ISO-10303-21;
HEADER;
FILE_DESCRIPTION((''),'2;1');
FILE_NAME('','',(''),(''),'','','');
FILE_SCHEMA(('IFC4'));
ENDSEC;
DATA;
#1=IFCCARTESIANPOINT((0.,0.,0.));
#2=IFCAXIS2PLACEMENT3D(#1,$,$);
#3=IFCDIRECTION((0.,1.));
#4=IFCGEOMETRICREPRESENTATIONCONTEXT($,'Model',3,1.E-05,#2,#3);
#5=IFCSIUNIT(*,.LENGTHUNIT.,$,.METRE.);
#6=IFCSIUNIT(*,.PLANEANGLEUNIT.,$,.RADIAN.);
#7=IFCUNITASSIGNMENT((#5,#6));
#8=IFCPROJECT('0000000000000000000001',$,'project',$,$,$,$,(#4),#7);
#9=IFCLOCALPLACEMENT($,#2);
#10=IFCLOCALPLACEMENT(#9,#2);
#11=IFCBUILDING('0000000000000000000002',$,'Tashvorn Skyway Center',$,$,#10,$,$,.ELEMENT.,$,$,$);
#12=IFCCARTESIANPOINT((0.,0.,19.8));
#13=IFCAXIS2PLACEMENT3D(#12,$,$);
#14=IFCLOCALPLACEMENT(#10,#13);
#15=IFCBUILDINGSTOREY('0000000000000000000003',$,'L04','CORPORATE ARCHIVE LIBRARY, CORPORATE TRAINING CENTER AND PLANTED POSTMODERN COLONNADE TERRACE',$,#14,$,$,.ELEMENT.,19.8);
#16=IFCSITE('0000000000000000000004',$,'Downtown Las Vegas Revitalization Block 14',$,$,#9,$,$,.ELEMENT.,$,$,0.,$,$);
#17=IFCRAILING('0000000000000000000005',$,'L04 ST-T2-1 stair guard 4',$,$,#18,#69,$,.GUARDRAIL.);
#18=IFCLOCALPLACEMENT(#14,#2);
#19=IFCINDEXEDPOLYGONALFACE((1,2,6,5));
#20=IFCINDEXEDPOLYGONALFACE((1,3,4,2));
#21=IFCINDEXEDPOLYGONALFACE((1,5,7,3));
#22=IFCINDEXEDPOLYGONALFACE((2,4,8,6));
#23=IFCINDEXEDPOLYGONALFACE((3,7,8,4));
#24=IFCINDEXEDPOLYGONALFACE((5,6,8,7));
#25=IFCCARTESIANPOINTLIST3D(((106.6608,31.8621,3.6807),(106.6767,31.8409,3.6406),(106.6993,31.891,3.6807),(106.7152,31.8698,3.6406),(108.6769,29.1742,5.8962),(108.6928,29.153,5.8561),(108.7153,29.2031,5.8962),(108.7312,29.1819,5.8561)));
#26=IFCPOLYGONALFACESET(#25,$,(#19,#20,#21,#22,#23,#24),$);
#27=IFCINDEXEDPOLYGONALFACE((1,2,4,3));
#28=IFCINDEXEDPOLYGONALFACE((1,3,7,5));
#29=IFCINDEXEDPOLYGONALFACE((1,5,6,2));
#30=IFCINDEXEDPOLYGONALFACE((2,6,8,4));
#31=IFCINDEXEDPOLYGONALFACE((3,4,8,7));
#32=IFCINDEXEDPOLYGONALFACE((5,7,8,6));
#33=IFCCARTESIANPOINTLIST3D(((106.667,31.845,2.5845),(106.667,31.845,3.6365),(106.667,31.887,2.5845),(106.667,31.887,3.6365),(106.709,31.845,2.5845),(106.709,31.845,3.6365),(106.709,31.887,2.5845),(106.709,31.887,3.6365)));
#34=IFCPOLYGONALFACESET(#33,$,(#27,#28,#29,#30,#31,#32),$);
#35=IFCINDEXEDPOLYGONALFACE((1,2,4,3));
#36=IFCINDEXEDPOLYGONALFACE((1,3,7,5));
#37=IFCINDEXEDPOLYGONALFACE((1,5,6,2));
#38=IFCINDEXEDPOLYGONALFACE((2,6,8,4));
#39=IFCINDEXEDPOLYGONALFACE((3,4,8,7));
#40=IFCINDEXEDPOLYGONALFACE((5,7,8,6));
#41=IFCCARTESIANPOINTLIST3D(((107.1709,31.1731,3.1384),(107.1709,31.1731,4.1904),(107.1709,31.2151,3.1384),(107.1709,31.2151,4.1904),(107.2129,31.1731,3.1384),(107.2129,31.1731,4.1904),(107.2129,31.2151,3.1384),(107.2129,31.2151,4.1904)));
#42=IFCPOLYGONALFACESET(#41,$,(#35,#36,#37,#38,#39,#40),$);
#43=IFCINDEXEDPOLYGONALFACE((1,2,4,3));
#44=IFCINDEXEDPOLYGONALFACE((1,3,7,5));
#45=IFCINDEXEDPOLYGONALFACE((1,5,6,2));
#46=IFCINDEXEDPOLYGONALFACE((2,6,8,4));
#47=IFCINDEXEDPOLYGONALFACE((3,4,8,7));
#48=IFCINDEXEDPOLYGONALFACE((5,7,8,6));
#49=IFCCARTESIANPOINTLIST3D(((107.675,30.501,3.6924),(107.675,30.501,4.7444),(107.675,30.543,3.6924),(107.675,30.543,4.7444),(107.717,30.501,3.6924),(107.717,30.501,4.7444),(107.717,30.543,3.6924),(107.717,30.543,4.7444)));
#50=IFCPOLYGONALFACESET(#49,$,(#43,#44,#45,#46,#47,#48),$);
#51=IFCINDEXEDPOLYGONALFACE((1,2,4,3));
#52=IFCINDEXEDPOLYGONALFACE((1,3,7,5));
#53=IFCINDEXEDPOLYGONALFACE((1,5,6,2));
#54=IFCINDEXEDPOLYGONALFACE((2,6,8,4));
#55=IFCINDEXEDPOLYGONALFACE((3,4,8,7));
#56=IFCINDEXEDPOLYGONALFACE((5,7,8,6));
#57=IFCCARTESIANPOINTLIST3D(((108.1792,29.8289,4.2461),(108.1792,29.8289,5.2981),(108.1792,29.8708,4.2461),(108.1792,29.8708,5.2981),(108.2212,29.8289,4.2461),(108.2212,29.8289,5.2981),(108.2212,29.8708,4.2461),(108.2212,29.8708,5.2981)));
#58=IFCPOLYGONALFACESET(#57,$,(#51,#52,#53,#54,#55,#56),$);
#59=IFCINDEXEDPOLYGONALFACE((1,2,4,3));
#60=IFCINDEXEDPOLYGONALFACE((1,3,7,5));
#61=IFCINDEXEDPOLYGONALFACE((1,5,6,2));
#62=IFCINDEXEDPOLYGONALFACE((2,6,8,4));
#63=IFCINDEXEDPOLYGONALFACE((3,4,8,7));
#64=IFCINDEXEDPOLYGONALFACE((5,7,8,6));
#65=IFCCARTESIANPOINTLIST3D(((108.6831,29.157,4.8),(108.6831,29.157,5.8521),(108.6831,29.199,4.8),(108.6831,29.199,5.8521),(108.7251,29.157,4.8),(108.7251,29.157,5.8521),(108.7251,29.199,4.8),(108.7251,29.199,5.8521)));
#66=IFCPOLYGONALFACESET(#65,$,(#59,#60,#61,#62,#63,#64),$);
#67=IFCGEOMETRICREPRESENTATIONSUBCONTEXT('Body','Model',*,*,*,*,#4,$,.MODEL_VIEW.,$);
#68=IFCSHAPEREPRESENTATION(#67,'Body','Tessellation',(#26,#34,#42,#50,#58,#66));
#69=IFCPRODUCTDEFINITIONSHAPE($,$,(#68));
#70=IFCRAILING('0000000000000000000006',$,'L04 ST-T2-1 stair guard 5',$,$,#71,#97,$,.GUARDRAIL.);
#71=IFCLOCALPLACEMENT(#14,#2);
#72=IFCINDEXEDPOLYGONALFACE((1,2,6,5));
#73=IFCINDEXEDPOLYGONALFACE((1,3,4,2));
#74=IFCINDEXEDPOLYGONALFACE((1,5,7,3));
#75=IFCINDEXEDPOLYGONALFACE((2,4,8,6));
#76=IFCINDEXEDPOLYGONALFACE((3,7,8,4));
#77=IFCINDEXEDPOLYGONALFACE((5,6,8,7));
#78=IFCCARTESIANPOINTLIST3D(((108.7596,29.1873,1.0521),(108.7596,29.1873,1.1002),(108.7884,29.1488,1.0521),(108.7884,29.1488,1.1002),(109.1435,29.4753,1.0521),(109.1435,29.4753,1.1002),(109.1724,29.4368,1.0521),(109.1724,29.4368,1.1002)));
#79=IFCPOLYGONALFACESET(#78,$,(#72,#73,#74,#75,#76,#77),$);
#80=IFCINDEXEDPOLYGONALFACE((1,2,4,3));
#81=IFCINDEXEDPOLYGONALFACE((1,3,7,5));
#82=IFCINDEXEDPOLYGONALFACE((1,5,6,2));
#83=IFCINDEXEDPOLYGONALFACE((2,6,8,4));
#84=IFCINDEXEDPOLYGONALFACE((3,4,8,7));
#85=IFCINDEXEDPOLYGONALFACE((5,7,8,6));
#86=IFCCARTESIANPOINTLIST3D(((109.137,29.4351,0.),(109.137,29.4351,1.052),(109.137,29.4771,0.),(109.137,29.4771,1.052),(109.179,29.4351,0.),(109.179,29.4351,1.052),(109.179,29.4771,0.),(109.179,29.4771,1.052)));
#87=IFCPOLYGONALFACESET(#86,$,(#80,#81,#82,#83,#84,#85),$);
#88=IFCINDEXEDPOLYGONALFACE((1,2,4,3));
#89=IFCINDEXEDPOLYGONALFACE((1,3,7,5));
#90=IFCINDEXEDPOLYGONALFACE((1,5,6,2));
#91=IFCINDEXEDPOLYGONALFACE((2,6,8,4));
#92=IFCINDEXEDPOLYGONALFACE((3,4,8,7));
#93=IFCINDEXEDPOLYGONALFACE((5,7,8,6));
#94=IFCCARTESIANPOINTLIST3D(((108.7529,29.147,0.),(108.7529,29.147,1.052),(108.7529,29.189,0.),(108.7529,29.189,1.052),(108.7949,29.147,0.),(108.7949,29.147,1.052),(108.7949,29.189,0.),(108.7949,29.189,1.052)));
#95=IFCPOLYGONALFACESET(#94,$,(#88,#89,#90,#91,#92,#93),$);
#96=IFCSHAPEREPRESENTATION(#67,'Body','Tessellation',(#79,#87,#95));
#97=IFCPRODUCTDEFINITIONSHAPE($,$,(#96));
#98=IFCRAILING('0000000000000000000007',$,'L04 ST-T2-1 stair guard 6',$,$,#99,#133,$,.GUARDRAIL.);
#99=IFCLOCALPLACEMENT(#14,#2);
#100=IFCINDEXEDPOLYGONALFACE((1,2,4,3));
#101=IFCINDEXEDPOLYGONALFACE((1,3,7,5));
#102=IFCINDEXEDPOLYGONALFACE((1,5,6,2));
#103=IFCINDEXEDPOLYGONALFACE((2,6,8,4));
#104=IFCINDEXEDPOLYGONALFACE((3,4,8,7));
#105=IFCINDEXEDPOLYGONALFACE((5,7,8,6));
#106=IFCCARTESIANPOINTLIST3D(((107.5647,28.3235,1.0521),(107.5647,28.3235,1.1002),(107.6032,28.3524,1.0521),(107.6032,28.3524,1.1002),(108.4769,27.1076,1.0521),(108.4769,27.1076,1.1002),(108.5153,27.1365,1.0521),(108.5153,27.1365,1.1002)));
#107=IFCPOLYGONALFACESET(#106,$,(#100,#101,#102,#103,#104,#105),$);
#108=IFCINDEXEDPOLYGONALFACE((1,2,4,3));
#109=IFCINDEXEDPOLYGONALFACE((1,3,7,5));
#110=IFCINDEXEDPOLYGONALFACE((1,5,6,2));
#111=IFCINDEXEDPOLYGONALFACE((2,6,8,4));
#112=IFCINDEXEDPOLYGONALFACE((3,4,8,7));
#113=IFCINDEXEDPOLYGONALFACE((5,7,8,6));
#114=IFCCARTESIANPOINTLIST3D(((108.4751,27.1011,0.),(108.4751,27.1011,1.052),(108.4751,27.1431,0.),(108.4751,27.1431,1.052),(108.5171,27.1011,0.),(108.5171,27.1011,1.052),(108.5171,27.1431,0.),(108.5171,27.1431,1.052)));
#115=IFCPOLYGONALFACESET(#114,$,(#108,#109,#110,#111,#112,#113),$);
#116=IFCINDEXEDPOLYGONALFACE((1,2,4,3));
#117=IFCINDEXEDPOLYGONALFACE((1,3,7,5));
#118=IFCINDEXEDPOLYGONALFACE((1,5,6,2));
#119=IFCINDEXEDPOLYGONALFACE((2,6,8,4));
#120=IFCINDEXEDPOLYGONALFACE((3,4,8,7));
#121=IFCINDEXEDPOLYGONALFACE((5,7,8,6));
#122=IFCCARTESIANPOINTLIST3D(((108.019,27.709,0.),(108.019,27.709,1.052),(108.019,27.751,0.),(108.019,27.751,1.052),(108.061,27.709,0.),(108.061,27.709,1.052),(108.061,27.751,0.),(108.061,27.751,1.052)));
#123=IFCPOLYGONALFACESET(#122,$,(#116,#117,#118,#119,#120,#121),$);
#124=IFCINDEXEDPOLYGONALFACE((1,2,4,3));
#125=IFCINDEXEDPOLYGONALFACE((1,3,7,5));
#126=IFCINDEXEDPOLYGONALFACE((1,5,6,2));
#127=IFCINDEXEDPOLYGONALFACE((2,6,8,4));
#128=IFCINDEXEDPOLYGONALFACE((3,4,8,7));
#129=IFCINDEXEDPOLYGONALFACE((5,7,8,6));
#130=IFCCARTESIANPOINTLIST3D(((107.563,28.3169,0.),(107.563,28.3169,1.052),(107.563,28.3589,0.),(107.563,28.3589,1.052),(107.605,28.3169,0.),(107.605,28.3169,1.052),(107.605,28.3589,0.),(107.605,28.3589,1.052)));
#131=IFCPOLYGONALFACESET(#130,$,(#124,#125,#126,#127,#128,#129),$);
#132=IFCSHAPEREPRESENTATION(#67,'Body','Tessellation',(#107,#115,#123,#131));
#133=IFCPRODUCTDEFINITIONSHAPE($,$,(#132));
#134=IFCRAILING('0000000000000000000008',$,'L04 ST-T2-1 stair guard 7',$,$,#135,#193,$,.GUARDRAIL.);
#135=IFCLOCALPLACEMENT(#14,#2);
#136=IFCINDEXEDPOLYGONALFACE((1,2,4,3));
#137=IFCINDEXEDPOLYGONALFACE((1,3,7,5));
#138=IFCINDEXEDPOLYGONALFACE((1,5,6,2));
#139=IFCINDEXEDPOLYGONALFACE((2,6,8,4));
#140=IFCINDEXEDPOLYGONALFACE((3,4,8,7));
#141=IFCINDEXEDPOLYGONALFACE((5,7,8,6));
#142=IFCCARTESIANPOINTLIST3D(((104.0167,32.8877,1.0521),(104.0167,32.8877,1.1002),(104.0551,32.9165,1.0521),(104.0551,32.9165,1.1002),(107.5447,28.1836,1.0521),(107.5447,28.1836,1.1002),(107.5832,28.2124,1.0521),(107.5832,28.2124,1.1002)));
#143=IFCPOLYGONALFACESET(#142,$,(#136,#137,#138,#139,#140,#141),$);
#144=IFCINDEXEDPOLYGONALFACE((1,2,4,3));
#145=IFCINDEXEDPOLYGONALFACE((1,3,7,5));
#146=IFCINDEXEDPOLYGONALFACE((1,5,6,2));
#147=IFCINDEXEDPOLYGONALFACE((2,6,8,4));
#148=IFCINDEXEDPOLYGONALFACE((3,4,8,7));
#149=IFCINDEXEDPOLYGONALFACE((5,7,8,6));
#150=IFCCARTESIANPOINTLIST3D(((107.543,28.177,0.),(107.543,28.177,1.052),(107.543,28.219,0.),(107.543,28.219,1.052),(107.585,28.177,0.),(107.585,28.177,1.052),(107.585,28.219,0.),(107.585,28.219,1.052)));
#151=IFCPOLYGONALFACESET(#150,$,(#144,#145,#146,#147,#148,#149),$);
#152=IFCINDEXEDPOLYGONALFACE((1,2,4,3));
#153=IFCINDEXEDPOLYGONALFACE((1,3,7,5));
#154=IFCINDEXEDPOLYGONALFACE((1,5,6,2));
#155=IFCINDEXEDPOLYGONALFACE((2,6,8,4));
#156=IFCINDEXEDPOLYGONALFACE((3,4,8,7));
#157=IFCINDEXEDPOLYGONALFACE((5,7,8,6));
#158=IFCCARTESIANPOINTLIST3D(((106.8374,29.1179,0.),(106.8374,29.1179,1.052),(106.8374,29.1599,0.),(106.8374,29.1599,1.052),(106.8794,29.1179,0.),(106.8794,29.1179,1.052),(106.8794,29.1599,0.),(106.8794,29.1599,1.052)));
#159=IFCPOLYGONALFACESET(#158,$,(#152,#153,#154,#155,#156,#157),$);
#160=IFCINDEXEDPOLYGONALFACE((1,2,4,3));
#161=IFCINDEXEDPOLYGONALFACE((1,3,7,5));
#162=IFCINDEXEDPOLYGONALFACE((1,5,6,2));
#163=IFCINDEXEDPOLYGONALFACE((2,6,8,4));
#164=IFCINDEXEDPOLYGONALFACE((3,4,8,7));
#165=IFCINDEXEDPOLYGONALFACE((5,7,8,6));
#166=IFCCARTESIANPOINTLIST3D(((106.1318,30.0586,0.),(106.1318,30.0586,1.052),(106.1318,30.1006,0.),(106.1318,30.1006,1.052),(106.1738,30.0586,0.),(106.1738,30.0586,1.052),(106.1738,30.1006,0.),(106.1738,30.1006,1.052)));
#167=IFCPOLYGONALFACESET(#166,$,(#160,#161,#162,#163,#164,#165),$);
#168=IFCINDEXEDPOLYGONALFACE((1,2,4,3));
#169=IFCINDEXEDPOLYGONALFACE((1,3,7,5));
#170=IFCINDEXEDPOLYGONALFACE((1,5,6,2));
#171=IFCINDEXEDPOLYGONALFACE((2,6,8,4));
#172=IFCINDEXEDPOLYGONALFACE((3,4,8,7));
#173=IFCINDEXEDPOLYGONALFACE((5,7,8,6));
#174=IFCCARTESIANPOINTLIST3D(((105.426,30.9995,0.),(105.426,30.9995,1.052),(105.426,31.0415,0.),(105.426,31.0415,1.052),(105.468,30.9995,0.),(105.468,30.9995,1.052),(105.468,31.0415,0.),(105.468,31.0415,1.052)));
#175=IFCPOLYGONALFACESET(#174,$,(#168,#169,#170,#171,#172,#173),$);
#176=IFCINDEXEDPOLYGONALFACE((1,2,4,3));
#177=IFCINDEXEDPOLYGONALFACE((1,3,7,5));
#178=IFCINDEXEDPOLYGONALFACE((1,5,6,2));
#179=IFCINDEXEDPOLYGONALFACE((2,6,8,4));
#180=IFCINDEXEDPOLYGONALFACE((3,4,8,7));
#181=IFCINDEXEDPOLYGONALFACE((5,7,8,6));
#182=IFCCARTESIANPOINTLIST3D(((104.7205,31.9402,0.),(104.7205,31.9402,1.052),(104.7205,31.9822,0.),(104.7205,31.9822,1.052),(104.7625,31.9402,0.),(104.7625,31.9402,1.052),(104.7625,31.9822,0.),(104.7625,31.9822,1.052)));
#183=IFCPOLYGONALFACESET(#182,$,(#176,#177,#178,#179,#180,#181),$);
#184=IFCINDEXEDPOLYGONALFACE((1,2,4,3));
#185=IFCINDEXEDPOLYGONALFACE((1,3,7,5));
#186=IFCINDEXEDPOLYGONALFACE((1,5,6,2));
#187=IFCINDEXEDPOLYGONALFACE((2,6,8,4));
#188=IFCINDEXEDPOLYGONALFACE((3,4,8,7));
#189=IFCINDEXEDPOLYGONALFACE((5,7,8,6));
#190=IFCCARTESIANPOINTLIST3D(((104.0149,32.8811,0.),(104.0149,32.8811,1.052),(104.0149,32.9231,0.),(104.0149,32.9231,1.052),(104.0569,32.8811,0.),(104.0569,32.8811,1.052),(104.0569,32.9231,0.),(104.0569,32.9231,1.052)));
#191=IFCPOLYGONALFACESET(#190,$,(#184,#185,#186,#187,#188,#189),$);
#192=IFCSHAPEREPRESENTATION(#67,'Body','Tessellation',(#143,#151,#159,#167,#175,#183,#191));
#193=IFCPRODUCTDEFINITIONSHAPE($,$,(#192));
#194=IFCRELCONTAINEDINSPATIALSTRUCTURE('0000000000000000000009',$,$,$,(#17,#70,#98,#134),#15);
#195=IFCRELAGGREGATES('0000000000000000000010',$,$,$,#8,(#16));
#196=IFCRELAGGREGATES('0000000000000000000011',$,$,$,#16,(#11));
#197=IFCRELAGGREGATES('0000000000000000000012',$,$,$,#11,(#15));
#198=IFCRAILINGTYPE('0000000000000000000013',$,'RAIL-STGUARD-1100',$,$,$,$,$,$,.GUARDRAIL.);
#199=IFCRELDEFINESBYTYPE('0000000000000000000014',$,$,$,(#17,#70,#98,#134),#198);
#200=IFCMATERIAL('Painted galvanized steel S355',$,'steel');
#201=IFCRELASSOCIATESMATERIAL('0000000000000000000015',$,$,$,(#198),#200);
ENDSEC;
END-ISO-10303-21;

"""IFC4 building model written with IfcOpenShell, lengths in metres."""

from ifc_helpers import new_model, si_unit, direction, frame, origin, origin_2d, place, context, subcontext, project, spatial, rectangle, extrude, material, type_object, element, save


model = new_model("IFC4")

# Units and contexts
model_context = context("Model", 3, precision=1e-05, world=origin(), true_north=direction((0.0, 1.0)))
body_context = subcontext(model_context, "Body", "Model", "MODEL_VIEW")
ifc_project = project(units=[si_unit("LENGTHUNIT", "METRE"), si_unit("PLANEANGLEUNIT", "RADIAN")], contexts=[model_context])

# Site, building, storey
site_placement = place(None, origin())
site = spatial("IfcSite", under=ifc_project, at=site_placement, Name="Downtown Las Vegas Revitalization Block 14", CompositionType="ELEMENT", RefElevation=0.0)
building_placement = place(site_placement, origin())
building = spatial("IfcBuilding", under=site, at=building_placement, Name="Tashvorn Skyway Center", CompositionType="ELEMENT")
storey_placement = place(building_placement, frame((0.0, 0.0, 19.8)))
storey = spatial("IfcBuildingStorey", under=building, at=storey_placement, Name="L04", Description="CORPORATE ARCHIVE LIBRARY, CORPORATE TRAINING CENTER AND PLANTED POSTMODERN COLONNADE TERRACE", CompositionType="ELEMENT", Elevation=19.8)

# Railings
ifc_material_1 = material(Name="Painted galvanized steel S355", Category="steel")
railing_type_1 = type_object("IfcRailingType", Name="RAIL-STGUARD-1100", PredefinedType="GUARDRAIL", material=ifc_material_1)
railing_1_placement = place(storey_placement, frame((106.688, 31.866, 2.5845)))
element("IfcRailing", 1, at=railing_1_placement, inside=storey, type_object=railing_type_1, Name="L04 ST-T2-1 stair guard 4", PredefinedType="GUARDRAIL", context=body_context, shape_type="SweptSolid", body=[
    extrude(rectangle(XDim=0.0481, YDim=0.0481, at=origin_2d()), frame((0.0, 0.0, 1.0762), z_axis=(0.500926, -0.667861, 0.550485), x_axis=(0.799983, 0.600023, 0.0)), (0.0, 0.0, 1.0), 4.0247),
    extrude(rectangle(XDim=0.042, YDim=0.042, at=origin_2d()), origin(), (0.0, 0.0, 1.0), 1.052),
    extrude(rectangle(XDim=0.042, YDim=0.042, at=origin_2d()), frame((0.5039, -0.6719, 0.554)), (0.0, 0.0, 1.0), 1.052),
    extrude(rectangle(XDim=0.042, YDim=0.042, at=origin_2d()), frame((1.0081, -1.344, 1.1079)), (0.0, 0.0, 1.0), 1.052),
    extrude(rectangle(XDim=0.042, YDim=0.042, at=origin_2d()), frame((1.5122, -2.0161, 1.6616)), (0.0, 0.0, 1.0), 1.052),
    extrude(rectangle(XDim=0.042, YDim=0.042, at=origin_2d()), frame((2.0161, -2.688, 2.2156)), (0.0, 0.0, 1.0), 1.052),
])
railing_2_placement = place(storey_placement, frame((109.158, 29.4561, 0.0)))
element("IfcRailing", 2, at=railing_2_placement, inside=storey, type_object=railing_type_1, Name="L04 ST-T2-1 stair guard 5", PredefinedType="GUARDRAIL", context=body_context, shape_type="SweptSolid", body=[
    extrude(rectangle(XDim=0.0481, YDim=0.0481, at=origin_2d()), frame((0.0, 0.0, 1.0762), z_axis=(-0.799939, -0.600081, 0.0), x_axis=(0.600081, -0.799939, 0.0)), (0.0, 0.0, 1.0), 0.48),
    extrude(rectangle(XDim=0.042, YDim=0.042, at=origin_2d()), origin(), (0.0, 0.0, 1.0), 1.052),
    extrude(rectangle(XDim=0.042, YDim=0.042, at=origin_2d()), frame((-0.384, -0.2881, 0.0)), (0.0, 0.0, 1.0), 1.052),
])
railing_3_placement = place(storey_placement, frame((108.4961, 27.1221, 0.0)))
element("IfcRailing", 3, at=railing_3_placement, inside=storey, type_object=railing_type_1, Name="L04 ST-T2-1 stair guard 6", PredefinedType="GUARDRAIL", context=body_context, shape_type="SweptSolid", body=[
    extrude(rectangle(XDim=0.0481, YDim=0.0481, at=origin_2d()), frame((0.0, 0.0, 1.0762), z_axis=(-0.600103, 0.799923, 0.0), x_axis=(-0.799923, -0.600103, 0.0)), (0.0, 0.0, 1.0), 1.52),
    extrude(rectangle(XDim=0.042, YDim=0.042, at=origin_2d()), origin(), (0.0, 0.0, 1.0), 1.052),
    extrude(rectangle(XDim=0.042, YDim=0.042, at=origin_2d()), frame((-0.4561, 0.6079, 0.0)), (0.0, 0.0, 1.0), 1.052),
    extrude(rectangle(XDim=0.042, YDim=0.042, at=origin_2d()), frame((-0.9121, 1.2158, 0.0)), (0.0, 0.0, 1.0), 1.052),
])
railing_4_placement = place(storey_placement, frame((107.564, 28.198, 0.0)))
element("IfcRailing", 4, at=railing_4_placement, inside=storey, type_object=railing_type_1, Name="L04 ST-T2-1 stair guard 7", PredefinedType="GUARDRAIL", context=body_context, shape_type="SweptSolid", body=[
    extrude(rectangle(XDim=0.0481, YDim=0.0481, at=origin_2d()), frame((0.0, 0.0, 1.0762), z_axis=(-0.6, 0.8, 0.0), x_axis=(-0.8, -0.6, 0.0)), (0.0, 0.0, 1.0), 5.8801),
    extrude(rectangle(XDim=0.042, YDim=0.042, at=origin_2d()), origin(), (0.0, 0.0, 1.0), 1.052),
    extrude(rectangle(XDim=0.042, YDim=0.042, at=origin_2d()), frame((-0.7056, 0.9409, 0.0)), (0.0, 0.0, 1.0), 1.052),
    extrude(rectangle(XDim=0.042, YDim=0.042, at=origin_2d()), frame((-1.4111, 1.8816, 0.0)), (0.0, 0.0, 1.0), 1.052),
    extrude(rectangle(XDim=0.042, YDim=0.042, at=origin_2d()), frame((-2.1169, 2.8225, 0.0)), (0.0, 0.0, 1.0), 1.052),
    extrude(rectangle(XDim=0.042, YDim=0.042, at=origin_2d()), frame((-2.8225, 3.7632, 0.0)), (0.0, 0.0, 1.0), 1.052),
    extrude(rectangle(XDim=0.042, YDim=0.042, at=origin_2d()), frame((-3.5281, 4.7041, 0.0)), (0.0, 0.0, 1.0), 1.052),
])

save(model, "model.ifc")
